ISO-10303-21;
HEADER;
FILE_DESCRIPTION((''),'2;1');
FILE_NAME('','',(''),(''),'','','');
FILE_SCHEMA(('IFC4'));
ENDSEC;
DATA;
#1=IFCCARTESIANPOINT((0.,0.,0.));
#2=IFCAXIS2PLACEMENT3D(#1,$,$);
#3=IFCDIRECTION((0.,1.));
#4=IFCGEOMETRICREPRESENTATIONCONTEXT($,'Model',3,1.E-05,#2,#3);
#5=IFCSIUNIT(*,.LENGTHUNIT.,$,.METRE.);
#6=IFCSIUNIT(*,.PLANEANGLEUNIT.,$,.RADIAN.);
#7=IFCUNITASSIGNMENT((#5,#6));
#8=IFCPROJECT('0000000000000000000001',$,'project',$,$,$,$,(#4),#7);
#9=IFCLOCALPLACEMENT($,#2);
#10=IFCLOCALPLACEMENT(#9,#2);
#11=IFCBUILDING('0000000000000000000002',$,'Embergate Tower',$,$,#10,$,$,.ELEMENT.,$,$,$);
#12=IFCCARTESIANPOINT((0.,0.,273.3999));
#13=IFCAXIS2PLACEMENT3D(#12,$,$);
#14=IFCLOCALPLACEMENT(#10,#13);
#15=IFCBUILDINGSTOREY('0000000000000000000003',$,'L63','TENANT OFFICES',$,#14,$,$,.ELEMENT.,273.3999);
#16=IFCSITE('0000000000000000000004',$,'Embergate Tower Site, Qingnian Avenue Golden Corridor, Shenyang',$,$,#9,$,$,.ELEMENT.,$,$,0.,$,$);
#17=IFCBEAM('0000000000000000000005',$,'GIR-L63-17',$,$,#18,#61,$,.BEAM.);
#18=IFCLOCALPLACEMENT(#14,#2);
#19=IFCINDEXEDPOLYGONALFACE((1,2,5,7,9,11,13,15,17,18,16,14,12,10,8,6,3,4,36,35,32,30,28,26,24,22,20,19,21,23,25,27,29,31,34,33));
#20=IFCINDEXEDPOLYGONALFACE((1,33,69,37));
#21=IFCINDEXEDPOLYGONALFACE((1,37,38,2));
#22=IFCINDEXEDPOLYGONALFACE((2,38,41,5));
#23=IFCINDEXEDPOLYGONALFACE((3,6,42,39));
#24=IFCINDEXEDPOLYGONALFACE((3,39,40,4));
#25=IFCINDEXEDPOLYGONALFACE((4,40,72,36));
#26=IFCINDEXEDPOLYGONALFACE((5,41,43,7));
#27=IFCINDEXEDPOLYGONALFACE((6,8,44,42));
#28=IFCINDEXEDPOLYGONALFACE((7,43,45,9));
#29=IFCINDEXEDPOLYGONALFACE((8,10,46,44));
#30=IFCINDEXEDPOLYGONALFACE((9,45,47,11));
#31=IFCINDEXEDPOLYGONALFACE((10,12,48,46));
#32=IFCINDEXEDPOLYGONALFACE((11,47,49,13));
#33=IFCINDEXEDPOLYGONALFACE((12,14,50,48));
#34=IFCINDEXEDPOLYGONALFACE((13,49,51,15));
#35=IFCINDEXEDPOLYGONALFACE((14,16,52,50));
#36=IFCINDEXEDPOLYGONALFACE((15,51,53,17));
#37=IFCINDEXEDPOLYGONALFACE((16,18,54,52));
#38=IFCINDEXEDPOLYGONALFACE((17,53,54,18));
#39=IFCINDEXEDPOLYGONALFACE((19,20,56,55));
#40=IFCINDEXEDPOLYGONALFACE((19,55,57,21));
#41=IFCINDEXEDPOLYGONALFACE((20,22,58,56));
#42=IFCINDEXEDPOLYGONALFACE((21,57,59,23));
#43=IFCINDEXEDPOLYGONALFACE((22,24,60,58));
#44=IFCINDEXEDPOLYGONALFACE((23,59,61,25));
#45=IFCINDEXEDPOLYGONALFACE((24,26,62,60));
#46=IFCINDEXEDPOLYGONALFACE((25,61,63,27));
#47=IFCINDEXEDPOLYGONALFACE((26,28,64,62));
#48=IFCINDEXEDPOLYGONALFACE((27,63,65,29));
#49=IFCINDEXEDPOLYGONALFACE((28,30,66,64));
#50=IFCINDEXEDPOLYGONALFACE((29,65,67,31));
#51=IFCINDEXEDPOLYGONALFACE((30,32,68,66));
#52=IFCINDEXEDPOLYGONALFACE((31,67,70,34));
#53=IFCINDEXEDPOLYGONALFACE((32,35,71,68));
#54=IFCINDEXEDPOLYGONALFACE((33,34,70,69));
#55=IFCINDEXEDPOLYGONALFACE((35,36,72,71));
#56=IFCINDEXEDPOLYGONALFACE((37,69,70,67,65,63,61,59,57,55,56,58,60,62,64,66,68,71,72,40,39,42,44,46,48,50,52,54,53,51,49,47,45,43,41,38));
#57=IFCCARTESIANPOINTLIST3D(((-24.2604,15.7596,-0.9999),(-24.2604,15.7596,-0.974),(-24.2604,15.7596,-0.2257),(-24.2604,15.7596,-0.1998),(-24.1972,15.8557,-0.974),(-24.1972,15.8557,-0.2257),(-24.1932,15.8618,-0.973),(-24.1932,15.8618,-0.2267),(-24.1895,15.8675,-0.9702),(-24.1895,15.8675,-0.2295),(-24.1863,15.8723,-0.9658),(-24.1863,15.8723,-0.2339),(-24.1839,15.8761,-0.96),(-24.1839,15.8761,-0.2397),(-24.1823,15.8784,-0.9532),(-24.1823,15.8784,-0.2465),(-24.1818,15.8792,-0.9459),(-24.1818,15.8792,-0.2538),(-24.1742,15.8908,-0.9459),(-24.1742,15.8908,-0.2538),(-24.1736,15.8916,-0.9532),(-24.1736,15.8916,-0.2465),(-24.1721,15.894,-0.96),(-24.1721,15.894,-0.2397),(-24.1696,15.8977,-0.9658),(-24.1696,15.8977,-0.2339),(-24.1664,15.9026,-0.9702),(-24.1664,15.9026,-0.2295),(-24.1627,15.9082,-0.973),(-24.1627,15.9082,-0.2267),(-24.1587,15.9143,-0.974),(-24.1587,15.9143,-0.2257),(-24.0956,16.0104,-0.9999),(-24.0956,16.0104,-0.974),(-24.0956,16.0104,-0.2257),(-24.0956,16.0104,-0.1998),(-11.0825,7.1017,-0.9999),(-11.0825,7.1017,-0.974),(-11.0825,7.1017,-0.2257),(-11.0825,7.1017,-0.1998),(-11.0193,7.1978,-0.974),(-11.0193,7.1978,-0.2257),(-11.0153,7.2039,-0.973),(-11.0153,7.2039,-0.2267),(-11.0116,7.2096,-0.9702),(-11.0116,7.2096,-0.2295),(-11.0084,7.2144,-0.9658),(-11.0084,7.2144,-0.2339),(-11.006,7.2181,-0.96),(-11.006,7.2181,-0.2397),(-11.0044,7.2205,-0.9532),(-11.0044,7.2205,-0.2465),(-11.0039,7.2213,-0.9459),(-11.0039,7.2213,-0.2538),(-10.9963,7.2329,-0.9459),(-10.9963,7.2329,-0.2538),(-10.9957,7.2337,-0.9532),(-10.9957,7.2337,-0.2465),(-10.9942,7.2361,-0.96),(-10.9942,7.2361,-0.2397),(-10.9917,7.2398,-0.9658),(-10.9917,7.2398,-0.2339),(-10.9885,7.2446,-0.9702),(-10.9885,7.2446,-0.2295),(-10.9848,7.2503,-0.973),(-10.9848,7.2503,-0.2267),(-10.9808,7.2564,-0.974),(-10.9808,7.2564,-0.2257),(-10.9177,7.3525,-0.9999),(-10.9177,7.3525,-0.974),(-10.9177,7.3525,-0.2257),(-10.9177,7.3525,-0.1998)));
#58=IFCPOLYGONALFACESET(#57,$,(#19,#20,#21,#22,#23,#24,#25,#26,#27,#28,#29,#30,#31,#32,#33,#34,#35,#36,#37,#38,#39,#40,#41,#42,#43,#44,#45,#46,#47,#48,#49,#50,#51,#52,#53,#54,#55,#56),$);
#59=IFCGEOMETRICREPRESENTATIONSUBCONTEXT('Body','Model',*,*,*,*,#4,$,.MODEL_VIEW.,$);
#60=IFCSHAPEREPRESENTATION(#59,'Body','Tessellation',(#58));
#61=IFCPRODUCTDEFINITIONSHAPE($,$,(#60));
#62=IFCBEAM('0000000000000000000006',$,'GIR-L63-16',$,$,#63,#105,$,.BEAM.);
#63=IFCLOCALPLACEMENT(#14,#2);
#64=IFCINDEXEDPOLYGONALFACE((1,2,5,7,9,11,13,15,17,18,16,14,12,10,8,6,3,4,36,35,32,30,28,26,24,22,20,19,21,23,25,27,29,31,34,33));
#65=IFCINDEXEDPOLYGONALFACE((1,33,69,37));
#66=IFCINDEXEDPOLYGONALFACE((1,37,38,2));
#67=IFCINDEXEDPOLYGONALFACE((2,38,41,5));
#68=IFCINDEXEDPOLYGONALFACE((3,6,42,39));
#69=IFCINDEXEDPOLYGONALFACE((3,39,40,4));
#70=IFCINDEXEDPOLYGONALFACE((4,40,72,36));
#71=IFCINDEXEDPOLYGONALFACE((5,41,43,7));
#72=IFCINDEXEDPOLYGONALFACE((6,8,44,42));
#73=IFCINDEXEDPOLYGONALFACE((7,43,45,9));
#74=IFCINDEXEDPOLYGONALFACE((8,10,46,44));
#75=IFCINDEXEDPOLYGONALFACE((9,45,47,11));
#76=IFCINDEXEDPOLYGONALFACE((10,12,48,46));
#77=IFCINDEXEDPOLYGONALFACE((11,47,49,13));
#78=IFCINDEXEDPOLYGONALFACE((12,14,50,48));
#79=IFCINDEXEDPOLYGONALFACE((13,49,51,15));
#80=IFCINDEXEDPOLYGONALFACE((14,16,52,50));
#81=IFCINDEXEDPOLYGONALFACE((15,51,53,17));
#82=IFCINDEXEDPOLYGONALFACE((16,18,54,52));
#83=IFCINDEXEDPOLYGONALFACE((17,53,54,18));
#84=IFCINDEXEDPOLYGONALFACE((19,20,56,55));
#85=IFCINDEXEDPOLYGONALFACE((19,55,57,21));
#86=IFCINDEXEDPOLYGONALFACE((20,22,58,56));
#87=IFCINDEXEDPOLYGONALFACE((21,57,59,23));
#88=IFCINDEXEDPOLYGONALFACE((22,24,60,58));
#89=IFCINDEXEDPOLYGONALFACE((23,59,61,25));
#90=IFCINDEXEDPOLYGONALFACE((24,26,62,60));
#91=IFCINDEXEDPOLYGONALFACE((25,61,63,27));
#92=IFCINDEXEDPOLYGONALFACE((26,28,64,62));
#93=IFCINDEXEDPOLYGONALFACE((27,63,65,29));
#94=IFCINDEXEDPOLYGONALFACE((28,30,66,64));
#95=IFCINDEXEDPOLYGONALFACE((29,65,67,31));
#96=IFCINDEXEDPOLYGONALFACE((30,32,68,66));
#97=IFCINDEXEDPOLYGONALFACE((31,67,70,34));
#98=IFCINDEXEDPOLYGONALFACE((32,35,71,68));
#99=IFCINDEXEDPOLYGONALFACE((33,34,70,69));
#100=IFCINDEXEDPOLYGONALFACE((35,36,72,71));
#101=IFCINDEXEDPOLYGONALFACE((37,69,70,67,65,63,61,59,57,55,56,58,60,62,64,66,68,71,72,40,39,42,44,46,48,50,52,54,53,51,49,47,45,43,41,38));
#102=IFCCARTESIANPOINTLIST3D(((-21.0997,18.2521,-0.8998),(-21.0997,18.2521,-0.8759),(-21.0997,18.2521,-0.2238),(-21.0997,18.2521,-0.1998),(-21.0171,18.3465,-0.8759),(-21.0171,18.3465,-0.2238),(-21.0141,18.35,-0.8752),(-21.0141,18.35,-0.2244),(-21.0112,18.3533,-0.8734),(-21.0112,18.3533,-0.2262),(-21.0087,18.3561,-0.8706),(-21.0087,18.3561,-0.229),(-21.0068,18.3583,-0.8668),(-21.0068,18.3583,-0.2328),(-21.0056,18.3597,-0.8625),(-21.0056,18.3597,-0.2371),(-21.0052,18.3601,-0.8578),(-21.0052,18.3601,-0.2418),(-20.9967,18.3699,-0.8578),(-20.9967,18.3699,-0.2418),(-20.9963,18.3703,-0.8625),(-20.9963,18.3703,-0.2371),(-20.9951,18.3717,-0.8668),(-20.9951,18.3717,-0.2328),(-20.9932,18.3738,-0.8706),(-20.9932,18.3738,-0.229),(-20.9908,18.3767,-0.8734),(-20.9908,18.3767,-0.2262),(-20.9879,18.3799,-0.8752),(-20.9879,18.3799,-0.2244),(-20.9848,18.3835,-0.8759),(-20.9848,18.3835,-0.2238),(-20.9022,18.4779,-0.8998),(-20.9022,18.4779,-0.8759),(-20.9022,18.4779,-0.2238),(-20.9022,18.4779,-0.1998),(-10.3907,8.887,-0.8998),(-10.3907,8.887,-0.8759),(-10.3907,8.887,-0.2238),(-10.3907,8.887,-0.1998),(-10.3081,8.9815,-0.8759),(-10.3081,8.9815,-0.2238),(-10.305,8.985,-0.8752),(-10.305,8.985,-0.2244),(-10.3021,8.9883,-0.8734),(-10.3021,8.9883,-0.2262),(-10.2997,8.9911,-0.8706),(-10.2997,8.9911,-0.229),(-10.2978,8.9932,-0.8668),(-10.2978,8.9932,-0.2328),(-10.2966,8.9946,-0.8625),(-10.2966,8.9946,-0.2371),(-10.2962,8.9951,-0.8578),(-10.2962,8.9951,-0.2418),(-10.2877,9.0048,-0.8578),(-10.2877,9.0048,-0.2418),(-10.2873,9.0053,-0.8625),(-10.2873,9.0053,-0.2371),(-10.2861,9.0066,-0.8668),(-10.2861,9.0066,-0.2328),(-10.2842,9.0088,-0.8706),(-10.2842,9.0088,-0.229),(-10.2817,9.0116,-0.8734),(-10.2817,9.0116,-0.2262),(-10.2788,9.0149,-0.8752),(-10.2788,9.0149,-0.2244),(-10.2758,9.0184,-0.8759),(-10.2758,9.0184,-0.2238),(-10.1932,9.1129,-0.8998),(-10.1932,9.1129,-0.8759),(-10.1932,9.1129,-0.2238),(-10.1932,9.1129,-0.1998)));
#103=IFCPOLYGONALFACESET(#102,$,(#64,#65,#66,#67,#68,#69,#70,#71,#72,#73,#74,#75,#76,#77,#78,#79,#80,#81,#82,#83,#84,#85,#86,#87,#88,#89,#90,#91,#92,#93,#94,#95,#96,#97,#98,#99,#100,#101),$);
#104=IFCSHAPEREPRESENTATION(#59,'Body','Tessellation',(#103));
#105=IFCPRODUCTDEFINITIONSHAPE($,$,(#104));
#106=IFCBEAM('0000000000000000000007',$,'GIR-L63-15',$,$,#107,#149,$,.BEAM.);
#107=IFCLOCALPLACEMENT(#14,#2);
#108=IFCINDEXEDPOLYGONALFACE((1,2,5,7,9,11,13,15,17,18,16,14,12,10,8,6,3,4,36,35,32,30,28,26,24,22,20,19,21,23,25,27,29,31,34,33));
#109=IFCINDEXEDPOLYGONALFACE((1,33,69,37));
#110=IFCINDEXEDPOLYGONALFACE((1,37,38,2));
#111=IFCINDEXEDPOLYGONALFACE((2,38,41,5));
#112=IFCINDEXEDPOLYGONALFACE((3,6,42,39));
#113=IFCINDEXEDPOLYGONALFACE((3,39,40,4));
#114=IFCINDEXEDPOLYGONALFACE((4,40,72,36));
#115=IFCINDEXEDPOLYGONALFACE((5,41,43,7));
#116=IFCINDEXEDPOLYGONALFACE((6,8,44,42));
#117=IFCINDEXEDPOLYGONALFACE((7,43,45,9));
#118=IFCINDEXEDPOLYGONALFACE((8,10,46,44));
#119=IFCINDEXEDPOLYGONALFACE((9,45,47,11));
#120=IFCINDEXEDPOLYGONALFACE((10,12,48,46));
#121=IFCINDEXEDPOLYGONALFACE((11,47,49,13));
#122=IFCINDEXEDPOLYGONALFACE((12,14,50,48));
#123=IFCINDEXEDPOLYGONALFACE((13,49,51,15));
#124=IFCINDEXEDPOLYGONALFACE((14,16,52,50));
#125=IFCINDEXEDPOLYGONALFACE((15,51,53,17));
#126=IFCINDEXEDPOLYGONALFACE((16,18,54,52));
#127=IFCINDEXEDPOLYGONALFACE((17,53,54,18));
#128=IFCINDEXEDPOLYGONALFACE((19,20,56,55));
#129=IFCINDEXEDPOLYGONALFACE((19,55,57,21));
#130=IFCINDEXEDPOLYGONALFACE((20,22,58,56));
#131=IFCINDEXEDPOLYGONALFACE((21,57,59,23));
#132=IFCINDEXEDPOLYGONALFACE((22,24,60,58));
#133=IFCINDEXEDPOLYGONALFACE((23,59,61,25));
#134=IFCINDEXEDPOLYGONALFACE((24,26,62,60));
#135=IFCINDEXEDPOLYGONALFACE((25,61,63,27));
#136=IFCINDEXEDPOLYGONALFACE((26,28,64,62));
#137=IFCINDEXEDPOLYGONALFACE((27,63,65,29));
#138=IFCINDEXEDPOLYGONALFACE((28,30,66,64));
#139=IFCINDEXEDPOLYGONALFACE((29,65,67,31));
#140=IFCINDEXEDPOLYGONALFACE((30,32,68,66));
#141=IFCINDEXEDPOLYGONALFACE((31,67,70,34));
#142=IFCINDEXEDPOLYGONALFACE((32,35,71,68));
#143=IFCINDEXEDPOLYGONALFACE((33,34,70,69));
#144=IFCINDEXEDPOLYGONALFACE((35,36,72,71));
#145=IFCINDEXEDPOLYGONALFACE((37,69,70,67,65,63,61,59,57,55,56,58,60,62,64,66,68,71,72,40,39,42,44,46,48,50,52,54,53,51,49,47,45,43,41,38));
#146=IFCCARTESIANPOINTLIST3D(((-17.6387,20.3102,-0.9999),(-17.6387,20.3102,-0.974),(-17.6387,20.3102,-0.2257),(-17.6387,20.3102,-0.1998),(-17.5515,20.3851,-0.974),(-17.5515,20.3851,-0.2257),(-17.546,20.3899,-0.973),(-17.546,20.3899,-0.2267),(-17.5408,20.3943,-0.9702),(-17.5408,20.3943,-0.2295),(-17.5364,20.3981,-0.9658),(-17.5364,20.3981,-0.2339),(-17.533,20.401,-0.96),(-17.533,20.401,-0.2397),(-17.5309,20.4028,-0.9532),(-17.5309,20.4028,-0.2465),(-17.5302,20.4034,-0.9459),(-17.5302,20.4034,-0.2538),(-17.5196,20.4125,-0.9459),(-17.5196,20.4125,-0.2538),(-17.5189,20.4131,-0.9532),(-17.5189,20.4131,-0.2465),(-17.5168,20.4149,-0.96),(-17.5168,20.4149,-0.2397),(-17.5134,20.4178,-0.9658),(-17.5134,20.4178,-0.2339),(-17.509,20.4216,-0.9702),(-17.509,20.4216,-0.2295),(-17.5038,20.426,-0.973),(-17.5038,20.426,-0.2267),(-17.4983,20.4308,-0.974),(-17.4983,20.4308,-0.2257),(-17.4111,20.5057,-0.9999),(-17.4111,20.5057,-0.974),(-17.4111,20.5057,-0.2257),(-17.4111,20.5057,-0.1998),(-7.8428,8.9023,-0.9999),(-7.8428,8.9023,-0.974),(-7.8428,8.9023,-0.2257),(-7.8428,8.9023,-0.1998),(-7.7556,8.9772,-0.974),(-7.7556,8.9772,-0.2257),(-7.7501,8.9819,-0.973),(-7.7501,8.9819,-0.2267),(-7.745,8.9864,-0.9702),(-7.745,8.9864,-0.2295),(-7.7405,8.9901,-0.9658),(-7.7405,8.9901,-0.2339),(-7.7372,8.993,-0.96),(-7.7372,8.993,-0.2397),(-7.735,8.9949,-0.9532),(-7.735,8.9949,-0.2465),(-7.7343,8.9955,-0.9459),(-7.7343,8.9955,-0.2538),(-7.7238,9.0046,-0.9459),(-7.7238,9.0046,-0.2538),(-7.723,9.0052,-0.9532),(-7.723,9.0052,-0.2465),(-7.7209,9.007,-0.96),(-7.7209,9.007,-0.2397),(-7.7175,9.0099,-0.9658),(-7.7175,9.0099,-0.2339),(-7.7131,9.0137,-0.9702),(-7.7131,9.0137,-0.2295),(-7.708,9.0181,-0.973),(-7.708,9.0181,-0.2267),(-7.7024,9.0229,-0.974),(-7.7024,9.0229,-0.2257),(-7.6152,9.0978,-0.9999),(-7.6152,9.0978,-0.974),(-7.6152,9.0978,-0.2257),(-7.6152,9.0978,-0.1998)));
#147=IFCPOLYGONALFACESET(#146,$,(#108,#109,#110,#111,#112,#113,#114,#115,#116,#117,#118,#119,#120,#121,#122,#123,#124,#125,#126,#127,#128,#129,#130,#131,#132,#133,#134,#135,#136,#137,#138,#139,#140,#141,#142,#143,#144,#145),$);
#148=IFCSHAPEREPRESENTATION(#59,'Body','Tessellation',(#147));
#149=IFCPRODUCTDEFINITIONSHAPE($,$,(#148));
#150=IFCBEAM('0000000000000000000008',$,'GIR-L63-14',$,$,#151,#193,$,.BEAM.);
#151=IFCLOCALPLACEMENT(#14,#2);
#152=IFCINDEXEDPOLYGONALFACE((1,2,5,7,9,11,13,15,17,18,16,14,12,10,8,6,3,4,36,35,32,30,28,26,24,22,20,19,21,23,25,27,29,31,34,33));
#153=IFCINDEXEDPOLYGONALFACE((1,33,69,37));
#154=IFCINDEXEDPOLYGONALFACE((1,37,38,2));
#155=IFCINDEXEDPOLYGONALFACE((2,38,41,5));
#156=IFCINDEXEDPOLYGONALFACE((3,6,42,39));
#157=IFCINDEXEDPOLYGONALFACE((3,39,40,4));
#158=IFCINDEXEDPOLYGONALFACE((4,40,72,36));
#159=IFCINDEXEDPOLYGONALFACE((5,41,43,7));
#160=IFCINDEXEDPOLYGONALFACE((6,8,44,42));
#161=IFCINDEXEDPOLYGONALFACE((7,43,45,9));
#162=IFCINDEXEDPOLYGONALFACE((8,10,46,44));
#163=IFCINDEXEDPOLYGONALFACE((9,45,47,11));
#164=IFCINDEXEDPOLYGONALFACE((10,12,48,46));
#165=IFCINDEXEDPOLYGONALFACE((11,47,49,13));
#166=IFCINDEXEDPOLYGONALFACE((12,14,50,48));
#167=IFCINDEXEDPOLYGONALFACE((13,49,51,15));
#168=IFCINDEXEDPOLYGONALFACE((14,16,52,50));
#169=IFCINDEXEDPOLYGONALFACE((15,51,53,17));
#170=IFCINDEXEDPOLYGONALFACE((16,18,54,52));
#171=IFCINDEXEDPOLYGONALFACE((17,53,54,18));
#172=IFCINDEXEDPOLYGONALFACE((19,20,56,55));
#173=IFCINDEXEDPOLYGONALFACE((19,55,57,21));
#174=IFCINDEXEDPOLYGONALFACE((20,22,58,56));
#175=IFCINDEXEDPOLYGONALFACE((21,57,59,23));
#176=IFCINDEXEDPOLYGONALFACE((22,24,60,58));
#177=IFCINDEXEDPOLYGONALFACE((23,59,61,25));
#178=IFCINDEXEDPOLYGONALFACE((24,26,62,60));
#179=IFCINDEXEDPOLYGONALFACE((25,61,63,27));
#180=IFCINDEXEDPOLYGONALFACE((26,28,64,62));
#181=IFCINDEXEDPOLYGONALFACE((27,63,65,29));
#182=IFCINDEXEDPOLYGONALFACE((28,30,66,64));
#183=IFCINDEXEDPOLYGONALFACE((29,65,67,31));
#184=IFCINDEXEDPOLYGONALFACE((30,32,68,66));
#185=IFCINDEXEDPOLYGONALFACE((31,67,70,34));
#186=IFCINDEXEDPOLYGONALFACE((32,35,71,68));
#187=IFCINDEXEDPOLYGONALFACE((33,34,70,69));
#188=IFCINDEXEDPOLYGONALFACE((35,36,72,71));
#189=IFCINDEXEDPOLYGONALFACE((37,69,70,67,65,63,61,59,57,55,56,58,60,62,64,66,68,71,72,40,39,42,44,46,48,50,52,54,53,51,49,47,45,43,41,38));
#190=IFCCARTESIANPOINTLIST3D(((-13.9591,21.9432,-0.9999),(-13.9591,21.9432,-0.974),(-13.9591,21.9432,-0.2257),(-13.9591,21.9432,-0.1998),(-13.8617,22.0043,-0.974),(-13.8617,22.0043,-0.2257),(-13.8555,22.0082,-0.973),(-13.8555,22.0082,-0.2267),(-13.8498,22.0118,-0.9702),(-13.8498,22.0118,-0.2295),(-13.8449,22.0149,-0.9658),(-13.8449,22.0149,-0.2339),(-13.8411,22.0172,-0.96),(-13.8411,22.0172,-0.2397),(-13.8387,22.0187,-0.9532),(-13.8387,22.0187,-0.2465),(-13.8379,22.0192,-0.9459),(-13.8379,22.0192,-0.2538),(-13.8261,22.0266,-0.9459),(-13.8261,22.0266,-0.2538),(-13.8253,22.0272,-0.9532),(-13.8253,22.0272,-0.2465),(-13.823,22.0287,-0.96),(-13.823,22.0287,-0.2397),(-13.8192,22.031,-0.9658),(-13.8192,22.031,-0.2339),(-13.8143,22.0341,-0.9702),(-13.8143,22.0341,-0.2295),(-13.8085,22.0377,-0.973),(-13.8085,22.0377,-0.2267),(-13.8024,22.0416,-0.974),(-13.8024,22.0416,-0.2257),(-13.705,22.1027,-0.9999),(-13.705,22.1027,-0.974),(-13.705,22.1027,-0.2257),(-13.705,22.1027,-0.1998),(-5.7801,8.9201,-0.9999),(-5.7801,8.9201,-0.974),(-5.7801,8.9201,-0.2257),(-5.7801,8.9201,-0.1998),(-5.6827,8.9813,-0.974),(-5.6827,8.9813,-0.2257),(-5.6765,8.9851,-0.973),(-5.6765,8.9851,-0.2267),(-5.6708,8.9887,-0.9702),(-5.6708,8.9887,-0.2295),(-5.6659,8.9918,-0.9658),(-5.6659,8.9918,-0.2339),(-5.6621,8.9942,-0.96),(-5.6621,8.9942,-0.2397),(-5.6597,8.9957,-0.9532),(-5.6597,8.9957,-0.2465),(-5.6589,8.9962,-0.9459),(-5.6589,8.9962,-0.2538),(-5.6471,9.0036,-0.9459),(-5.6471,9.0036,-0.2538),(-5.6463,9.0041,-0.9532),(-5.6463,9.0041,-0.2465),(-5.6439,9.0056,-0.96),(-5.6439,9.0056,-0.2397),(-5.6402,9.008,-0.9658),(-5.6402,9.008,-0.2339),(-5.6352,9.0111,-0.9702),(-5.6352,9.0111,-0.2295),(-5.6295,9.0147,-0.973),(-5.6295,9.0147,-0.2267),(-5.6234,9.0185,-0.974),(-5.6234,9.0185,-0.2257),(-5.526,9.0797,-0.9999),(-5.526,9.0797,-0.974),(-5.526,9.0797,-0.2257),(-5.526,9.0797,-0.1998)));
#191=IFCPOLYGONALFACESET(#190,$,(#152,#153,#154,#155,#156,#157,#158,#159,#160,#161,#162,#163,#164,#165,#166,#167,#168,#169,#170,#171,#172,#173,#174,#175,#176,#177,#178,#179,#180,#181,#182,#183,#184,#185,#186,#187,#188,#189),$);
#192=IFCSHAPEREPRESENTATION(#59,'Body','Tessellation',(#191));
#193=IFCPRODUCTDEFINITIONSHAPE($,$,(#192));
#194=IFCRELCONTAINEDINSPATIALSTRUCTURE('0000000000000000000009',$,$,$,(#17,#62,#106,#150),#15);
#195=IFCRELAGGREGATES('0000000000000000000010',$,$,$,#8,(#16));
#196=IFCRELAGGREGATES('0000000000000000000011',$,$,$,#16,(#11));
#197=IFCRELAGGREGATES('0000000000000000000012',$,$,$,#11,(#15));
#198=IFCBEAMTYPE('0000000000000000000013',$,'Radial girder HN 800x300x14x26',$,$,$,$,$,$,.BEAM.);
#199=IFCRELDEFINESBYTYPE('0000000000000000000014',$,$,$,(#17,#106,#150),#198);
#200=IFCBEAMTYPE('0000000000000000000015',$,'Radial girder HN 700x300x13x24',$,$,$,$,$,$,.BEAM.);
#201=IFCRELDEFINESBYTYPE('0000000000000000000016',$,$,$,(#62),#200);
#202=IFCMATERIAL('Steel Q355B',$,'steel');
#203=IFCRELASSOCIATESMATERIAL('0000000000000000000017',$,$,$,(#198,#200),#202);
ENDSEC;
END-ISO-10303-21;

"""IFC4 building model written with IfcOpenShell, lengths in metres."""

from ifc_helpers import new_model, si_unit, direction, frame, origin, origin_2d, place, context, subcontext, project, spatial, i_section, extrude, source, transform, mapped, material, material_profile, profile_set, type_object, element, save


model = new_model("IFC4")

# Units and contexts
model_context = context("Model", 3, precision=1e-05, world=origin(), true_north=direction((0.0, 1.0)))
body_context = subcontext(model_context, "Body", "Model", "MODEL_VIEW")
ifc_project = project(units=[si_unit("LENGTHUNIT", "METRE"), si_unit("PLANEANGLEUNIT", "RADIAN")], contexts=[model_context])

# Site, building, storey
site_placement = place(None, origin())
site = spatial("IfcSite", under=ifc_project, at=site_placement, Name="Embergate Tower Site, Qingnian Avenue Golden Corridor, Shenyang", CompositionType="ELEMENT", RefElevation=0.0)
building_placement = place(site_placement, origin())
building = spatial("IfcBuilding", under=site, at=building_placement, Name="Embergate Tower", CompositionType="ELEMENT")
storey_placement = place(building_placement, frame((0.0, 0.0, 273.3999)))
storey = spatial("IfcBuildingStorey", under=building, at=storey_placement, Name="L63", Description="TENANT OFFICES", CompositionType="ELEMENT", Elevation=273.3999)

# Beams
ifc_material_1 = material(Name="Steel Q355B", Category="steel")
ifc_material_profile_1 = material_profile(ifc_material_1, i_section(OverallWidth=0.3, OverallDepth=0.8, WebThickness=0.0139, FlangeThickness=0.0259, FilletRadius=0.0281, at=origin_2d()), Name="HN 800x300x14x26")
ifc_profile_set_1 = profile_set([ifc_material_profile_1], Name="Steel Q355 grade B")
beam_type_1 = type_object("IfcBeamType", Name="Radial girder HN 800x300x14x26", PredefinedType="BEAM", material=ifc_profile_set_1)
shared_shape_1 = source(origin(), body_context, "Body", "SweptSolid", [
    extrude(i_section(OverallWidth=0.3, OverallDepth=0.8, WebThickness=0.0139, FlangeThickness=0.0259, FilletRadius=0.0281, at=origin_2d()), origin(), (0.0, 0.0, 1.0), 15.7676),
])
beam_1_placement = place(storey_placement, frame((-24.178, 15.885, -0.5999), z_axis=(0.835759, -0.549096, 0.0), x_axis=(0.549096, 0.835759, 0.0)))
element("IfcBeam", 1, at=beam_1_placement, inside=storey, type_object=beam_type_1, Name="GIR-L63-17", PredefinedType="BEAM", context=body_context, shape_type="MappedRepresentation", body=[
    mapped(shared_shape_1, transform((0.0, 0.0, 0.0))),
])
ifc_material_profile_2 = material_profile(ifc_material_1, i_section(OverallWidth=0.3, OverallDepth=0.7, WebThickness=0.0129, FlangeThickness=0.0239, FilletRadius=0.0181, at=origin_2d()), Name="HN 700x300x13x24")
ifc_profile_set_2 = profile_set([ifc_material_profile_2], Name="Steel Q355 grade B")
beam_type_2 = type_object("IfcBeamType", Name="Radial girder HN 700x300x13x24", PredefinedType="BEAM", material=ifc_profile_set_2)
shared_shape_2 = source(origin(), body_context, "Body", "SweptSolid", [
    extrude(i_section(OverallWidth=0.3, OverallDepth=0.7, WebThickness=0.0129, FlangeThickness=0.0239, FilletRadius=0.0181, at=origin_2d()), origin(), (0.0, 0.0, 1.0), 14.2263),
])
beam_2_placement = place(storey_placement, frame((-21.001, 18.365, -0.5498), z_axis=(0.752764, -0.658291, 0.0), x_axis=(0.658291, 0.752764, 0.0)))
element("IfcBeam", 2, at=beam_2_placement, inside=storey, type_object=beam_type_2, Name="GIR-L63-16", PredefinedType="BEAM", context=body_context, shape_type="MappedRepresentation", body=[
    mapped(shared_shape_2, transform((0.0, 0.0, 0.0))),
])
shared_shape_3 = source(origin(), body_context, "Body", "SweptSolid", [
    extrude(i_section(OverallWidth=0.3, OverallDepth=0.8, WebThickness=0.0139, FlangeThickness=0.0259, FilletRadius=0.0281, at=origin_2d()), origin(), (0.0, 0.0, 1.0), 15.0366),
])
beam_3_placement = place(storey_placement, frame((-17.5249, 20.408, -0.5999), z_axis=(0.651468, -0.758676, 0.0), x_axis=(0.758676, 0.651468, 0.0)))
element("IfcBeam", 3, at=beam_3_placement, inside=storey, type_object=beam_type_1, Name="GIR-L63-15", PredefinedType="BEAM", context=body_context, shape_type="MappedRepresentation", body=[
    mapped(shared_shape_3, transform((0.0, 0.0, 0.0))),
])
shared_shape_4 = source(origin(), body_context, "Body", "SweptSolid", [
    extrude(i_section(OverallWidth=0.3, OverallDepth=0.8, WebThickness=0.0139, FlangeThickness=0.0259, FilletRadius=0.0281, at=origin_2d()), origin(), (0.0, 0.0, 1.0), 15.3784),
])
beam_4_placement = place(storey_placement, frame((-13.832, 22.0229, -0.5999), z_axis=(0.53185, -0.846839, 0.0), x_axis=(0.846839, 0.53185, 0.0)))
element("IfcBeam", 4, at=beam_4_placement, inside=storey, type_object=beam_type_1, Name="GIR-L63-14", PredefinedType="BEAM", context=body_context, shape_type="MappedRepresentation", body=[
    mapped(shared_shape_4, transform((0.0, 0.0, 0.0))),
])

save(model, "model.ifc")
